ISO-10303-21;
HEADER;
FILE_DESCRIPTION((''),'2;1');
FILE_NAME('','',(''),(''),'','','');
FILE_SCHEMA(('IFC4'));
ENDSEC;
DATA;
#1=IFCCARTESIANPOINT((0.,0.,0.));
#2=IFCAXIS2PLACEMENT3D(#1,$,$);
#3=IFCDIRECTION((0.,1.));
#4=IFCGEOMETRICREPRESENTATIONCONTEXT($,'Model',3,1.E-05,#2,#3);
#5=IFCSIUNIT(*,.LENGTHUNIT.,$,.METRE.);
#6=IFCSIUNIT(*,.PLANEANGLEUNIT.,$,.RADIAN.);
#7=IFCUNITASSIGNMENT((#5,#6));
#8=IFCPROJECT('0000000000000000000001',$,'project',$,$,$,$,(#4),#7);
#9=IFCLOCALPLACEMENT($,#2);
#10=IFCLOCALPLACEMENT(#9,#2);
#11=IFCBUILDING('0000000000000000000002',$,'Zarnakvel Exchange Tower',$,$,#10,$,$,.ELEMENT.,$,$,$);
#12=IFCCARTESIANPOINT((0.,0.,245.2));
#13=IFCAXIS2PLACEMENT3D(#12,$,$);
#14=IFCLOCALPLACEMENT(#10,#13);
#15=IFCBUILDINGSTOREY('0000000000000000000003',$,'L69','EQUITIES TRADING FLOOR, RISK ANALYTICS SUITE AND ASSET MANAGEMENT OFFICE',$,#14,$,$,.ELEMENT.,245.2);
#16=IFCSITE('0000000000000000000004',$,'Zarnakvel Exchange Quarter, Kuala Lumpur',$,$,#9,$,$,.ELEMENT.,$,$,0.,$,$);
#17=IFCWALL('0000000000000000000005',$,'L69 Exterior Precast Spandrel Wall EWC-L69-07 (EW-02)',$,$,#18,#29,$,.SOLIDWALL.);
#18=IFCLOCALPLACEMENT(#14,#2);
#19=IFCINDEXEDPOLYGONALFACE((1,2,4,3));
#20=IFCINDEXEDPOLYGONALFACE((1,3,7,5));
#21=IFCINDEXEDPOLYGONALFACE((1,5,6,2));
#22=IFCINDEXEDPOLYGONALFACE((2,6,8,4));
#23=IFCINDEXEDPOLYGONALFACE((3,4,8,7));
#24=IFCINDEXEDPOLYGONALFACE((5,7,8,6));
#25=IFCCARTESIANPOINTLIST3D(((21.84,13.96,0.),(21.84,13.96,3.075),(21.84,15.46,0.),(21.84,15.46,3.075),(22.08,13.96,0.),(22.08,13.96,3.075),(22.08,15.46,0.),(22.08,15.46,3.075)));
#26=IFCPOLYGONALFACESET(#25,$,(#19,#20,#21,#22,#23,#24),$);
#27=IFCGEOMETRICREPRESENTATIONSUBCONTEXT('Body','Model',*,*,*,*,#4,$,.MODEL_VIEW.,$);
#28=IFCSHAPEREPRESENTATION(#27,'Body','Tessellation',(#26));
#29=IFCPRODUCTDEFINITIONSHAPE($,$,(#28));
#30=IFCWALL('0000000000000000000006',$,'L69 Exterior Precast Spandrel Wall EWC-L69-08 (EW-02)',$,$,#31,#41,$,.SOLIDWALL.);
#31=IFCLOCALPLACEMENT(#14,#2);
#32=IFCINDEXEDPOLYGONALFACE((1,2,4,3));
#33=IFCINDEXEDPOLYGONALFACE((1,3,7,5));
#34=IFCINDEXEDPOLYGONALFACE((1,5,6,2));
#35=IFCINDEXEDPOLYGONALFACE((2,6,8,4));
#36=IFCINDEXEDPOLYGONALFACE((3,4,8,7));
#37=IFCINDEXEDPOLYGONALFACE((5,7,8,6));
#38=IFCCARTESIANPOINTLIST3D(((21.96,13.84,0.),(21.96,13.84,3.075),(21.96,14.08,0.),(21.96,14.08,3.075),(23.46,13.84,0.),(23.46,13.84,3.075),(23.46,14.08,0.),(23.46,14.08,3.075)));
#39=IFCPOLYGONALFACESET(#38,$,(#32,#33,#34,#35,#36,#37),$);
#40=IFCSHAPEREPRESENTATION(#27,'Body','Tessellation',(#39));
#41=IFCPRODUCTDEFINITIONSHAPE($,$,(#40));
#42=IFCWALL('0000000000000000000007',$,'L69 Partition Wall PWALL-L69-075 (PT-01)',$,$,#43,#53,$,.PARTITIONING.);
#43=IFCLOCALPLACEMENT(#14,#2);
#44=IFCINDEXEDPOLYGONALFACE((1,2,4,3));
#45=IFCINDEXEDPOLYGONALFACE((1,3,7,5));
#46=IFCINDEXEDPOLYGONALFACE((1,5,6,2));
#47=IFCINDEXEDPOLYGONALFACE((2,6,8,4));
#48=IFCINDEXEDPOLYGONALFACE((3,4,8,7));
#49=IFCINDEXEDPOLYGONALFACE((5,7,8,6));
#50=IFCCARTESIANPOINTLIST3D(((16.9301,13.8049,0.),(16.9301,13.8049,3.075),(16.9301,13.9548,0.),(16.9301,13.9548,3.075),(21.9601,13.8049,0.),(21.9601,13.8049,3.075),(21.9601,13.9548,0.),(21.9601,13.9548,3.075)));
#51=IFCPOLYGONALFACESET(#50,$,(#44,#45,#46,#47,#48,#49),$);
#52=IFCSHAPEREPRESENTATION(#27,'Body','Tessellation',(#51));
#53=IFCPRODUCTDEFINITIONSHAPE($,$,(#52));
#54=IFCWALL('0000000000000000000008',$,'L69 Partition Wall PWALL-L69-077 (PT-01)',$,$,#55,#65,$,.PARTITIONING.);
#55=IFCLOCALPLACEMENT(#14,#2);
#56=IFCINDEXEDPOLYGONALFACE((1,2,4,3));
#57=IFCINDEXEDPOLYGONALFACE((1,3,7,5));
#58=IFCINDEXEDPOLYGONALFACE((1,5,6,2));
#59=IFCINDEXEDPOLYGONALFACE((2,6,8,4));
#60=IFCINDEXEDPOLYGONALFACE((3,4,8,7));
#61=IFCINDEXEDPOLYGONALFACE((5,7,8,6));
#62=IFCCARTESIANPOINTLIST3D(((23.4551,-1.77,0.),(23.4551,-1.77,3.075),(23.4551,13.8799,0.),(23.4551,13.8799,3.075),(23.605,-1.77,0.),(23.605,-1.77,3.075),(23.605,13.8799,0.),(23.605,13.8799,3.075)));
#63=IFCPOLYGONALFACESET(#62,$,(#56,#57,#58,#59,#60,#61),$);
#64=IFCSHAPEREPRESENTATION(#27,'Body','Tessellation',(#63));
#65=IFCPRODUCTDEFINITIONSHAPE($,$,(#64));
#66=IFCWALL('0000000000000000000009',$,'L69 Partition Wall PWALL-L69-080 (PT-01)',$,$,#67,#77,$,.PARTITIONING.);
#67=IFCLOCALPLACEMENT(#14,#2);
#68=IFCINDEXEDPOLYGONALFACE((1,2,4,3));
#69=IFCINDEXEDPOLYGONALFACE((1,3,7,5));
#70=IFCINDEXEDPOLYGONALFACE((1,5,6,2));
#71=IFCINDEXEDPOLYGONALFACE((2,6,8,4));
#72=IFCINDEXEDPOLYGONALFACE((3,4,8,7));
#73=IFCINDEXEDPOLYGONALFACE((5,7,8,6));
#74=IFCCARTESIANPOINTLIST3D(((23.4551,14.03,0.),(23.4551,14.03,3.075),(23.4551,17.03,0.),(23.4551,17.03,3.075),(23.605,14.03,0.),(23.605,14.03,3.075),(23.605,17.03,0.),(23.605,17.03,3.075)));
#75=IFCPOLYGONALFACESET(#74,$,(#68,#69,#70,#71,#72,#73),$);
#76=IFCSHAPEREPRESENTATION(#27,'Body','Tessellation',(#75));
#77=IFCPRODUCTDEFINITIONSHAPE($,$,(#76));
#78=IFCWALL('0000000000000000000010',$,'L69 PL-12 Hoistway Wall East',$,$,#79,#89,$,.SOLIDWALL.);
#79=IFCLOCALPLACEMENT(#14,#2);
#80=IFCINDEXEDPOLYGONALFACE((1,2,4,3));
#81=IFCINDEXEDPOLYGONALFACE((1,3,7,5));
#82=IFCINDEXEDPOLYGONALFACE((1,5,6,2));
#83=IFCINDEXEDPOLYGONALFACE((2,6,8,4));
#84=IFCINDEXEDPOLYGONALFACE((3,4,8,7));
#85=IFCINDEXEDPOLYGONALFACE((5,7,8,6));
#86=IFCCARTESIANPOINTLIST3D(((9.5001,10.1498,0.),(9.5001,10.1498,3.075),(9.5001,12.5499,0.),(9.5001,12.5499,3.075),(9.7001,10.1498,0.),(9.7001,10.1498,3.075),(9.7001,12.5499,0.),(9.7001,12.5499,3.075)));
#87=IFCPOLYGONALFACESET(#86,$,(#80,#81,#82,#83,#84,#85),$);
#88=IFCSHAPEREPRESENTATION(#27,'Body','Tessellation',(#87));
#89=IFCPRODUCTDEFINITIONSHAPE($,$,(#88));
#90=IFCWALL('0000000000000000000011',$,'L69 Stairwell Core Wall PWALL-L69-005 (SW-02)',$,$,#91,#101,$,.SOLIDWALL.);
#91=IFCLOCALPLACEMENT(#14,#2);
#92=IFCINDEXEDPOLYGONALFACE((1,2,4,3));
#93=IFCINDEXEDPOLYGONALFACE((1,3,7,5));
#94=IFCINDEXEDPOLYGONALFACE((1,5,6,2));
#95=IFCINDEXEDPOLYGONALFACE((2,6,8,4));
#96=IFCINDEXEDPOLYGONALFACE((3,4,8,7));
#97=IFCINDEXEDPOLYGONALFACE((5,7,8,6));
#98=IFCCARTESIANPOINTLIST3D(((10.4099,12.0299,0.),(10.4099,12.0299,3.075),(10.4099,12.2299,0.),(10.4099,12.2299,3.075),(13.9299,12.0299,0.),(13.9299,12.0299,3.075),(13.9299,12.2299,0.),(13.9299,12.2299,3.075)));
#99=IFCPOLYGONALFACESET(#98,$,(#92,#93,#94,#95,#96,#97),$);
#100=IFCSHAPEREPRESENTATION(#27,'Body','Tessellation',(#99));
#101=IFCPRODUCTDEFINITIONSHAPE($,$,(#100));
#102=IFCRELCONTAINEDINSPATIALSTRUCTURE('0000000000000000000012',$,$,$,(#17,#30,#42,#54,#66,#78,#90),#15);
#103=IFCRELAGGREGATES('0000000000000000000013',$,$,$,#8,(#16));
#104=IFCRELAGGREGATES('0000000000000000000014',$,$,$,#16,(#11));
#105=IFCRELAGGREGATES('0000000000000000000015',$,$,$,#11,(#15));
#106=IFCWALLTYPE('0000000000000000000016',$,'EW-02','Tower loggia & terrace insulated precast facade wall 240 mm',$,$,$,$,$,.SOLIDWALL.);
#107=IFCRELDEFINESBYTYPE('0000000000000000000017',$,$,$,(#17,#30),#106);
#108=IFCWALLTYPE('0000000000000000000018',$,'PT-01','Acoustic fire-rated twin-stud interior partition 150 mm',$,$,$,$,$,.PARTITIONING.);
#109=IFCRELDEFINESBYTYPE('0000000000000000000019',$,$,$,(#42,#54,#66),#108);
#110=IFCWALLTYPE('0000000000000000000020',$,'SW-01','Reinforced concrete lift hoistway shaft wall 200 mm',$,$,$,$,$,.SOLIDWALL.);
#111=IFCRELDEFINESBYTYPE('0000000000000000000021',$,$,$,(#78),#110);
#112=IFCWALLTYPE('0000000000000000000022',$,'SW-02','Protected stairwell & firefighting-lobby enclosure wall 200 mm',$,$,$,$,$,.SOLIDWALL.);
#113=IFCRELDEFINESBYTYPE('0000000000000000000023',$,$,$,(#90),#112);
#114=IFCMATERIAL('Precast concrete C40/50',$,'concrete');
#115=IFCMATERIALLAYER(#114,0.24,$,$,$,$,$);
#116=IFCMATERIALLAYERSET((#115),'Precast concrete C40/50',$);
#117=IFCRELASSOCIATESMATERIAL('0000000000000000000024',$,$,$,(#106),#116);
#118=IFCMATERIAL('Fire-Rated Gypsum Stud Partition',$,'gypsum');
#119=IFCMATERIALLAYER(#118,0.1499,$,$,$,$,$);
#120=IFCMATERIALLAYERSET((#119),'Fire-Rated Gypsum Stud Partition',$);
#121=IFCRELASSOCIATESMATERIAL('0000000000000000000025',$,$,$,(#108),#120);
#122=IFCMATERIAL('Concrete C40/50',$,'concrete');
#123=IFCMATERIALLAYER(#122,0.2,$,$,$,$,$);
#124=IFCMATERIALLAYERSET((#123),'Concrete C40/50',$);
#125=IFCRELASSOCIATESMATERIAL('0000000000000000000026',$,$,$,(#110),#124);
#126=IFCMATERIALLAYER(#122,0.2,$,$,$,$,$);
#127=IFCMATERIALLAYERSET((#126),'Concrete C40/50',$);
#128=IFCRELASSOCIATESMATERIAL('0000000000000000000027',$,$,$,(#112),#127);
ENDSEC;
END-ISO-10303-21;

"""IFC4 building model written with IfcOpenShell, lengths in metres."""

from ifc_helpers import new_model, si_unit, direction, frame, frame_2d, origin, place, context, subcontext, project, spatial, rectangle, extrude, material, layer, layer_set, type_object, element, save


model = new_model("IFC4")

# Units and contexts
model_context = context("Model", 3, precision=1e-05, world=origin(), true_north=direction((0.0, 1.0)))
body_context = subcontext(model_context, "Body", "Model", "MODEL_VIEW")
ifc_project = project(units=[si_unit("LENGTHUNIT", "METRE"), si_unit("PLANEANGLEUNIT", "RADIAN")], contexts=[model_context])

# Site, building, storey
site_placement = place(None, origin())
site = spatial("IfcSite", under=ifc_project, at=site_placement, Name="Zarnakvel Exchange Quarter, Kuala Lumpur", CompositionType="ELEMENT", RefElevation=0.0)
building_placement = place(site_placement, origin())
building = spatial("IfcBuilding", under=site, at=building_placement, Name="Zarnakvel Exchange Tower", CompositionType="ELEMENT")
storey_placement = place(building_placement, frame((0.0, 0.0, 245.2)))
storey = spatial("IfcBuildingStorey", under=building, at=storey_placement, Name="L69", Description="EQUITIES TRADING FLOOR, RISK ANALYTICS SUITE AND ASSET MANAGEMENT OFFICE", CompositionType="ELEMENT", Elevation=245.2)

# Walls
ifc_material_1 = material(Name="Precast concrete C40/50", Category="concrete")
ifc_layer_1 = layer(ifc_material_1, 0.24)
ifc_layer_set_1 = layer_set([ifc_layer_1], Name="Precast concrete C40/50")
wall_type_1 = type_object("IfcWallType", Name="EW-02", Description="Tower loggia & terrace insulated precast facade wall 240 mm", PredefinedType="SOLIDWALL", material=ifc_layer_set_1)
for number, where, z_axis, x_axis, name in (
    (1, (21.96, 13.96, 0.0), (0.0, 0.0, 1.0), (0.0, 1.0, 0.0), "L69 Exterior Precast Spandrel Wall EWC-L69-07 (EW-02)"),
    (2, (23.46, 13.96, 0.0), (0.0, 0.0, 1.0), (-1.0, 0.0, 0.0), "L69 Exterior Precast Spandrel Wall EWC-L69-08 (EW-02)"),
):
    element("IfcWall", number, at=place(storey_placement, frame(where, z_axis=z_axis, x_axis=x_axis)), inside=storey, type_object=wall_type_1, Name=name, PredefinedType="SOLIDWALL", context=body_context, shape_type="SweptSolid", body=[
        extrude(rectangle(XDim=1.5, YDim=0.24, at=frame_2d((0.75, 0.0))), origin(), (0.0, 0.0, 1.0), 3.075),
    ])
ifc_material_2 = material(Name="Fire-Rated Gypsum Stud Partition", Category="gypsum")
ifc_layer_2 = layer(ifc_material_2, 0.1499)
ifc_layer_set_2 = layer_set([ifc_layer_2], Name="Fire-Rated Gypsum Stud Partition")
wall_type_2 = type_object("IfcWallType", Name="PT-01", Description="Acoustic fire-rated twin-stud interior partition 150 mm", PredefinedType="PARTITIONING", material=ifc_layer_set_2)
wall_1_placement = place(storey_placement, frame((16.9299, 13.8799, 0.0), z_axis=(0.0, 0.0, 1.0), x_axis=(1.0, 0.0, 0.0)))
element("IfcWall", 3, at=wall_1_placement, inside=storey, type_object=wall_type_2, Name="L69 Partition Wall PWALL-L69-075 (PT-01)", PredefinedType="PARTITIONING", context=body_context, shape_type="SweptSolid", body=[
    extrude(rectangle(XDim=5.03, YDim=0.1499, at=frame_2d((2.5151, 0.0))), origin(), (0.0, 0.0, 1.0), 3.075),
])
wall_2_placement = place(storey_placement, frame((23.53, 13.8799, 0.0), z_axis=(0.0, 0.0, 1.0), x_axis=(0.0, -1.0, 0.0)))
element("IfcWall", 4, at=wall_2_placement, inside=storey, type_object=wall_type_2, Name="L69 Partition Wall PWALL-L69-077 (PT-01)", PredefinedType="PARTITIONING", context=body_context, shape_type="SweptSolid", body=[
    extrude(rectangle(XDim=15.6499, YDim=0.1499, at=frame_2d((7.825, 0.0))), origin(), (0.0, 0.0, 1.0), 3.075),
])
wall_3_placement = place(storey_placement, frame((23.53, 17.03, 0.0), z_axis=(0.0, 0.0, 1.0), x_axis=(0.0, -1.0, 0.0)))
element("IfcWall", 5, at=wall_3_placement, inside=storey, type_object=wall_type_2, Name="L69 Partition Wall PWALL-L69-080 (PT-01)", PredefinedType="PARTITIONING", context=body_context, shape_type="SweptSolid", body=[
    extrude(rectangle(XDim=3.0, YDim=0.1499, at=frame_2d((1.5, 0.0))), origin(), (0.0, 0.0, 1.0), 3.075),
])
ifc_material_3 = material(Name="Concrete C40/50", Category="concrete")
ifc_layer_3 = layer(ifc_material_3, 0.2)
ifc_layer_set_3 = layer_set([ifc_layer_3], Name="Concrete C40/50")
wall_type_3 = type_object("IfcWallType", Name="SW-01", Description="Reinforced concrete lift hoistway shaft wall 200 mm", PredefinedType="SOLIDWALL", material=ifc_layer_set_3)
wall_4_placement = place(storey_placement, frame((9.6001, 12.55, 0.0), z_axis=(0.0, 0.0, 1.0), x_axis=(0.0, -1.0, 0.0)))
element("IfcWall", 6, at=wall_4_placement, inside=storey, type_object=wall_type_3, Name="L69 PL-12 Hoistway Wall East", PredefinedType="SOLIDWALL", context=body_context, shape_type="SweptSolid", body=[
    extrude(rectangle(XDim=2.4001, YDim=0.2, at=frame_2d((1.2002, 0.0))), origin(), (0.0, 0.0, 1.0), 3.075),
])
ifc_layer_4 = layer(ifc_material_3, 0.2)
ifc_layer_set_4 = layer_set([ifc_layer_4], Name="Concrete C40/50")
wall_type_4 = type_object("IfcWallType", Name="SW-02", Description="Protected stairwell & firefighting-lobby enclosure wall 200 mm", PredefinedType="SOLIDWALL", material=ifc_layer_set_4)
wall_5_placement = place(storey_placement, frame((10.4099, 12.1299, 0.0), z_axis=(0.0, 0.0, 1.0), x_axis=(1.0, 0.0, 0.0)))
element("IfcWall", 7, at=wall_5_placement, inside=storey, type_object=wall_type_4, Name="L69 Stairwell Core Wall PWALL-L69-005 (SW-02)", PredefinedType="SOLIDWALL", context=body_context, shape_type="SweptSolid", body=[
    extrude(rectangle(XDim=3.52, YDim=0.2, at=frame_2d((1.76, 0.0))), origin(), (0.0, 0.0, 1.0), 3.075),
])

save(model, "model.ifc")
